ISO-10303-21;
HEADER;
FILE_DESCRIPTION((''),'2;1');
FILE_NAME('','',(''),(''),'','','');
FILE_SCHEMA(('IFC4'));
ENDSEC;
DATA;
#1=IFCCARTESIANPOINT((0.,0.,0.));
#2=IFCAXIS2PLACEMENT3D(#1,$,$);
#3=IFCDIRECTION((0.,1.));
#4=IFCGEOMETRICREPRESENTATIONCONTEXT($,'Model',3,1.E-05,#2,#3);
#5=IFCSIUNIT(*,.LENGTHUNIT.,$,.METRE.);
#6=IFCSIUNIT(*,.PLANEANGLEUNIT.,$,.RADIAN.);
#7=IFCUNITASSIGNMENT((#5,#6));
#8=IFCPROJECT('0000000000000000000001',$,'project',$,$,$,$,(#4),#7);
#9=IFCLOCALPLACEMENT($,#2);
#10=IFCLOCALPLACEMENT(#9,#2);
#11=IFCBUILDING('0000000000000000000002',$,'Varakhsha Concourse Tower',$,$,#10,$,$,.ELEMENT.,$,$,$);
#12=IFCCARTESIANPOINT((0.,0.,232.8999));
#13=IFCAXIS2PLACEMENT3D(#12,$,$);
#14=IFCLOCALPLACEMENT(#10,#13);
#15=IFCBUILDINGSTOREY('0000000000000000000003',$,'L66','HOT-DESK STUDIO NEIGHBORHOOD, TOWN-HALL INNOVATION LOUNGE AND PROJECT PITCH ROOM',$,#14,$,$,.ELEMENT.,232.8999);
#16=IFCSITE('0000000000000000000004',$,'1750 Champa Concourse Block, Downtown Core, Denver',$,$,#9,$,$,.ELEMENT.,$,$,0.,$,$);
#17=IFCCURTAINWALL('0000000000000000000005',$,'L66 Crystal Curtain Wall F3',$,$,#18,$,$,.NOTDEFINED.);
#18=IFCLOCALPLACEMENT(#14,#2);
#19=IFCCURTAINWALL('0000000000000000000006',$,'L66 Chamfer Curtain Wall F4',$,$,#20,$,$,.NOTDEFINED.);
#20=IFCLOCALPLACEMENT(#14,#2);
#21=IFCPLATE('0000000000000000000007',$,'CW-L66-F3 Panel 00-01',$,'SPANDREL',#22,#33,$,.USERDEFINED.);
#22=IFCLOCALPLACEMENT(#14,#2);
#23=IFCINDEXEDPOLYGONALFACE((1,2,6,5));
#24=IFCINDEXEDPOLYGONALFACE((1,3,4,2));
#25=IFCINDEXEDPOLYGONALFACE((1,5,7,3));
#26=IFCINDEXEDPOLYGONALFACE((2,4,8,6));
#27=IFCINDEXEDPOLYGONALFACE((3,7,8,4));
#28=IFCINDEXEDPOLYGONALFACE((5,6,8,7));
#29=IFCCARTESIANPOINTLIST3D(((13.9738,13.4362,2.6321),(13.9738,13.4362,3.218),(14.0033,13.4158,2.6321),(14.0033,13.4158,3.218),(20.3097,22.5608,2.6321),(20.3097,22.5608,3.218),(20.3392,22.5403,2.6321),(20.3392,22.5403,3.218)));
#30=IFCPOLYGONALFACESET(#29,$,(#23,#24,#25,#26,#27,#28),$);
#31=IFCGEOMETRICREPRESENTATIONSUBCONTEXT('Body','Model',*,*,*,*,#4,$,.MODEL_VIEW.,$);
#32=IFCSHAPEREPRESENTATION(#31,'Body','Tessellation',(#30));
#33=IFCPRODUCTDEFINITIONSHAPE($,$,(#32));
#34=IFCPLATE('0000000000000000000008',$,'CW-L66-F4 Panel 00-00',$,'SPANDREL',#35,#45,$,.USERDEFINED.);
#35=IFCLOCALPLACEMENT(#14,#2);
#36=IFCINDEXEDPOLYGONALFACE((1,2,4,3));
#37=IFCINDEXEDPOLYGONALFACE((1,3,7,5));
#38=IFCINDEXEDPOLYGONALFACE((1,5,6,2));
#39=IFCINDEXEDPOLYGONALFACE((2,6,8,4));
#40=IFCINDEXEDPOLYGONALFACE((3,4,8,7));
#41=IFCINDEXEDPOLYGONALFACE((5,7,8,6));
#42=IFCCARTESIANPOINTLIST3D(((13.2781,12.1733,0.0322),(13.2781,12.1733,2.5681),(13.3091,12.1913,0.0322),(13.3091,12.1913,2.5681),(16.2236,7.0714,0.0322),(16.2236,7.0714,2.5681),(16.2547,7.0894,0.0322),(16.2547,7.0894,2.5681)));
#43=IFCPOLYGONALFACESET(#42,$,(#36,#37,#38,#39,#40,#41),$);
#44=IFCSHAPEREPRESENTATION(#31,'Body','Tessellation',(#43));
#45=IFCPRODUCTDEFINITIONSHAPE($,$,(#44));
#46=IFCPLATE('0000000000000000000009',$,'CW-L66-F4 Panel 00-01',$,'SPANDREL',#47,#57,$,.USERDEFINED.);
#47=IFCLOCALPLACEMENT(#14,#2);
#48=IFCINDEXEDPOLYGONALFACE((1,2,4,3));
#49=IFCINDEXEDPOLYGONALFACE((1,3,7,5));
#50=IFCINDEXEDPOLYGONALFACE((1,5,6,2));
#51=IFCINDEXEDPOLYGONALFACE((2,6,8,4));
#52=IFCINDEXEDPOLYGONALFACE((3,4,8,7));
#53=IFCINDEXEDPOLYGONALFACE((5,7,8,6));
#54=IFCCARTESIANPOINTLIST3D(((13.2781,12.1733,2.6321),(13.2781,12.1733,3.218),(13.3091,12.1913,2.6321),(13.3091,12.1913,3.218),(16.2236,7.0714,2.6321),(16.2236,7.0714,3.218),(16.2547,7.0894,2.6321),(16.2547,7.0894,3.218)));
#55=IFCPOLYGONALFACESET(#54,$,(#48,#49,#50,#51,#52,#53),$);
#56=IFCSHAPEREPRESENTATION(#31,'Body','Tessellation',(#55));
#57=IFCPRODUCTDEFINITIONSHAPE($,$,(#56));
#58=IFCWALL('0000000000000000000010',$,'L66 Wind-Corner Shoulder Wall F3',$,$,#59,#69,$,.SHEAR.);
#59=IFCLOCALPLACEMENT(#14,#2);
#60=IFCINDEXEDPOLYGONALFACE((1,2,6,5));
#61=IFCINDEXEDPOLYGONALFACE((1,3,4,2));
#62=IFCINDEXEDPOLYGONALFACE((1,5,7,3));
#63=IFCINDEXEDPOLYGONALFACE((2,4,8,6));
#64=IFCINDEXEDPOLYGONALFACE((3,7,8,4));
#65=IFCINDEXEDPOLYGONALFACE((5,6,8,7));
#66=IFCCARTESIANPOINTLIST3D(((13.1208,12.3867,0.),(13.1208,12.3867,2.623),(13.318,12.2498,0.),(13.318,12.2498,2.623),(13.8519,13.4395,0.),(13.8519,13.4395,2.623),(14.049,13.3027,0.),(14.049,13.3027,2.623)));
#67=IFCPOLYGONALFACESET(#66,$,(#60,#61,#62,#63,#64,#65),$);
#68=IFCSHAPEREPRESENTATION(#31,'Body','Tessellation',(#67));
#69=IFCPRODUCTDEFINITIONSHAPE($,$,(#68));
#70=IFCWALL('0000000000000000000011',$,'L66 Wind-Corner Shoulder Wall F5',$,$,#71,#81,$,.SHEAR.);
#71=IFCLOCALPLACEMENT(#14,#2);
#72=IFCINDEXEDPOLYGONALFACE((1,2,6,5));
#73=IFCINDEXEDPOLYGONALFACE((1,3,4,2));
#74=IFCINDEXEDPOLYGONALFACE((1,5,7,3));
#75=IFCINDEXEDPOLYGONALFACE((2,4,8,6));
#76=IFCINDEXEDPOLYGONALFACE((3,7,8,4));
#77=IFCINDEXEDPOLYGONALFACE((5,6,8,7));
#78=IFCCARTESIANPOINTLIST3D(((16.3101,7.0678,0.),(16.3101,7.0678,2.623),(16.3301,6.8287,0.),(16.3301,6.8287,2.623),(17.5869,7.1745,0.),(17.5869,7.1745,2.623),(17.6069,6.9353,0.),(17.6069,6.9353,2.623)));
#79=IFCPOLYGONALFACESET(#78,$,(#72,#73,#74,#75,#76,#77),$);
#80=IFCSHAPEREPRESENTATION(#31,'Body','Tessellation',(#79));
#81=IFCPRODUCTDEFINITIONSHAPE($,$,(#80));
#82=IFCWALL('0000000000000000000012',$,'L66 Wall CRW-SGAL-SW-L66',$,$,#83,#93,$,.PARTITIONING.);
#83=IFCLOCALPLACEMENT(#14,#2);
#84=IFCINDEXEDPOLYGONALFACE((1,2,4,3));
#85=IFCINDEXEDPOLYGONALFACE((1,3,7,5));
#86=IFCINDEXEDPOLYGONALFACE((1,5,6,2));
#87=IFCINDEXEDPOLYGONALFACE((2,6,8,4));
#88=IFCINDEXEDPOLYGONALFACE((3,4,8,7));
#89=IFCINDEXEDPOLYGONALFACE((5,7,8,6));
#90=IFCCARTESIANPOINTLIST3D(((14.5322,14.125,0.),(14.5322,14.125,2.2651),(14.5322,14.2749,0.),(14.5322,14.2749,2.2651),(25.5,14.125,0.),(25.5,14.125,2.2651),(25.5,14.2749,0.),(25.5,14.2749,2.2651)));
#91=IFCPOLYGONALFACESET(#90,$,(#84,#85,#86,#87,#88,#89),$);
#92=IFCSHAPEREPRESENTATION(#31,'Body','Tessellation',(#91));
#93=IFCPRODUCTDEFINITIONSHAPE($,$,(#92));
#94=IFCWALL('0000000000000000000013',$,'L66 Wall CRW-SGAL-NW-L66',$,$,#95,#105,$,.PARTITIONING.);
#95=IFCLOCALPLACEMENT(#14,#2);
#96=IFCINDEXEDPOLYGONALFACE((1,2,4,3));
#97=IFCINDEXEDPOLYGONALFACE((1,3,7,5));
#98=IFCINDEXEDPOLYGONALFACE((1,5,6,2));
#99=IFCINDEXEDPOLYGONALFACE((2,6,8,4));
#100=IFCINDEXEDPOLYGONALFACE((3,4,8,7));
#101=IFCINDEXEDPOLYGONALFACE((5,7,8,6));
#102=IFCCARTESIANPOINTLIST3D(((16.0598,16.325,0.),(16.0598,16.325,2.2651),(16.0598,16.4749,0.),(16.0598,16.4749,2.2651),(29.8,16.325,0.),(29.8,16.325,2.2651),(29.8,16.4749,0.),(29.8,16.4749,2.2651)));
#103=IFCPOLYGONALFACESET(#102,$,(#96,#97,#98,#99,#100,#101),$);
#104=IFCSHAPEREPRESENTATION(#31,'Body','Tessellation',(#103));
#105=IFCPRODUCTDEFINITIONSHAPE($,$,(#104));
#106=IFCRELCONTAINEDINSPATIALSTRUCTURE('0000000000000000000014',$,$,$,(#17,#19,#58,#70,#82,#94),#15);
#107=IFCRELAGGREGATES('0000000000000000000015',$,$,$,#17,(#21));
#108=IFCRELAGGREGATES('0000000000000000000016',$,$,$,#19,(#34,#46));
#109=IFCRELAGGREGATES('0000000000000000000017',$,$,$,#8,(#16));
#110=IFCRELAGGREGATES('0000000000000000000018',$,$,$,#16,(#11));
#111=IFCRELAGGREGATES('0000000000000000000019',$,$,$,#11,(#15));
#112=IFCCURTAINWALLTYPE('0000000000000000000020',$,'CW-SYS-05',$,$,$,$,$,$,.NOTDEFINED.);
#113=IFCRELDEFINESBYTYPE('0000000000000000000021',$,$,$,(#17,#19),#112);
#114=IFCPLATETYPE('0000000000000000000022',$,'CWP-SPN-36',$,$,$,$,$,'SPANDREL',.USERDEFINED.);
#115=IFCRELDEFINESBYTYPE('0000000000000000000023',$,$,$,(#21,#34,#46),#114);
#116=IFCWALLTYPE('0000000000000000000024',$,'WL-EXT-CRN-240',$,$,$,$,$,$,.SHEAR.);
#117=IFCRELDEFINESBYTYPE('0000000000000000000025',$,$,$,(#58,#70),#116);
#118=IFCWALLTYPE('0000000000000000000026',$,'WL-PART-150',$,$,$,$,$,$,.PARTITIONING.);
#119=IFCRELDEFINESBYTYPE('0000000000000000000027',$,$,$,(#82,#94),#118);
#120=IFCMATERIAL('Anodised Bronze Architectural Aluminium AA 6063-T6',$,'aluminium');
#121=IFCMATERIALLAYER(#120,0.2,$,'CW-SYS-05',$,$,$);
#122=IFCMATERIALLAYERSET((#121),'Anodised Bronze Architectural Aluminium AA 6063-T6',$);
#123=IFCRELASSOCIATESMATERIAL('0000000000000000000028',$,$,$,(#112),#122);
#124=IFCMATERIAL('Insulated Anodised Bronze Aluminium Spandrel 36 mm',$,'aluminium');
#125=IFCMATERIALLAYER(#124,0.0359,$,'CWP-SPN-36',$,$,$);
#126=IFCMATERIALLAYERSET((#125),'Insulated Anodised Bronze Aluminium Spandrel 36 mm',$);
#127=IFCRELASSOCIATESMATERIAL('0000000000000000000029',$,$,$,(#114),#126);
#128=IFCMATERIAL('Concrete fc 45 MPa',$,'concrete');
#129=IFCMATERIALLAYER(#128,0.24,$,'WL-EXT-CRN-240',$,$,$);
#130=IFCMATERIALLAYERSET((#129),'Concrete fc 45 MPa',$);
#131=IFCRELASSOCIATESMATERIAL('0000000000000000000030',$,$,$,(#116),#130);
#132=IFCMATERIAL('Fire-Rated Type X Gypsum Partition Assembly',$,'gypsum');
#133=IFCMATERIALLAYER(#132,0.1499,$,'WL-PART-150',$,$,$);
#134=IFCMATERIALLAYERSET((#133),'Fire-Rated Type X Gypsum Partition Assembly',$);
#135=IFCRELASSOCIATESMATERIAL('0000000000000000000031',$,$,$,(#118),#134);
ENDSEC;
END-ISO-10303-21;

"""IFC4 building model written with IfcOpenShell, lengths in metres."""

from ifc_helpers import new_model, si_unit, direction, frame, frame_2d, origin, origin_2d, place, context, subcontext, project, spatial, rectangle, extrude, source, transform, mapped, material, layer, layer_set, type_object, type_shapes, element, aggregate, save


model = new_model("IFC4")

# Units and contexts
model_context = context("Model", 3, precision=1e-05, world=origin(), true_north=direction((0.0, 1.0)))
body_context = subcontext(model_context, "Body", "Model", "MODEL_VIEW")
ifc_project = project(units=[si_unit("LENGTHUNIT", "METRE"), si_unit("PLANEANGLEUNIT", "RADIAN")], contexts=[model_context])

# Site, building, storey
site_placement = place(None, origin())
site = spatial("IfcSite", under=ifc_project, at=site_placement, Name="1750 Champa Concourse Block, Downtown Core, Denver", CompositionType="ELEMENT", RefElevation=0.0)
building_placement = place(site_placement, origin())
building = spatial("IfcBuilding", under=site, at=building_placement, Name="Varakhsha Concourse Tower", CompositionType="ELEMENT")
storey_placement = place(building_placement, frame((0.0, 0.0, 232.8999)))
storey = spatial("IfcBuildingStorey", under=building, at=storey_placement, Name="L66", Description="HOT-DESK STUDIO NEIGHBORHOOD, TOWN-HALL INNOVATION LOUNGE AND PROJECT PITCH ROOM", CompositionType="ELEMENT", Elevation=232.8999)

# Curtain wall
ifc_material_1 = material(Name="Anodised Bronze Architectural Aluminium AA 6063-T6", Category="aluminium")
ifc_layer_1 = layer(ifc_material_1, 0.2, Name="CW-SYS-05")
ifc_layer_set_1 = layer_set([ifc_layer_1], Name="Anodised Bronze Architectural Aluminium AA 6063-T6")
curtain_wall_type = type_object("IfcCurtainWallType", Name="CW-SYS-05", PredefinedType="NOTDEFINED", material=ifc_layer_set_1)
curtain_wall_1_placement = place(storey_placement, origin())
curtain_wall_1 = element("IfcCurtainWall", 1, at=curtain_wall_1_placement, inside=storey, type_object=curtain_wall_type, Name="L66 Crystal Curtain Wall F3", PredefinedType="NOTDEFINED")

# Curtain wall
curtain_wall_2_placement = place(storey_placement, origin())
curtain_wall_2 = element("IfcCurtainWall", 2, at=curtain_wall_2_placement, inside=storey, type_object=curtain_wall_type, Name="L66 Chamfer Curtain Wall F4", PredefinedType="NOTDEFINED")

# Shared definitions
ifc_material_2 = material(Name="Concrete fc 45 MPa", Category="concrete")

# Plates
ifc_material_3 = material(Name="Insulated Anodised Bronze Aluminium Spandrel 36 mm", Category="aluminium")
ifc_layer_2 = layer(ifc_material_3, 0.0359, Name="CWP-SPN-36")
ifc_layer_set_2 = layer_set([ifc_layer_2], Name="Insulated Anodised Bronze Aluminium Spandrel 36 mm")
plate_type_1 = type_object("IfcPlateType", Name="CWP-SPN-36", ElementType="SPANDREL", PredefinedType="USERDEFINED", material=ifc_layer_set_2)
shared_shape_1 = source(origin(), body_context, "Body", "SweptSolid", [
    extrude(rectangle(XDim=11.1086, YDim=0.0359, at=origin_2d()), origin(), (0.0, 0.0, 1.0), 0.5859),
])
plate_1_placement = place(storey_placement, frame((17.1565, 17.9883, 2.6321), z_axis=(0.0, 0.0, 1.0), x_axis=(0.570361, 0.821394, 0.0)))
plate_1 = element("IfcPlate", 3, at=plate_1_placement, type_object=plate_type_1, Name="CW-L66-F3 Panel 00-01", ObjectType="SPANDREL", PredefinedType="USERDEFINED", context=body_context, shape_type="MappedRepresentation", body=[
    mapped(shared_shape_1, transform((0.0, 0.0, 0.0), scale=1.0)),
])
aggregate(curtain_wall_1, [plate_1])
shared_shape_2 = source(origin(), body_context, "Body", "SweptSolid", [
    extrude(rectangle(XDim=5.8911, YDim=0.0359, at=origin_2d()), origin(), (0.0, 0.0, 1.0), 2.5359),
])
plate_2_placement = place(storey_placement, frame((14.7664, 9.6313, 0.0322), z_axis=(0.0, 0.0, 1.0), x_axis=(-0.499994, 0.866029, 0.0)))
plate_2 = element("IfcPlate", 4, at=plate_2_placement, type_object=plate_type_1, Name="CW-L66-F4 Panel 00-00", ObjectType="SPANDREL", PredefinedType="USERDEFINED", context=body_context, shape_type="MappedRepresentation", body=[
    mapped(shared_shape_2, transform((0.0, 0.0, 0.0), scale=1.0)),
])
shared_shape_3 = source(origin(), body_context, "Body", "SweptSolid", [
    extrude(rectangle(XDim=5.8911, YDim=0.0359, at=origin_2d()), origin(), (0.0, 0.0, 1.0), 0.5859),
])
type_shapes(plate_type_1, [shared_shape_1, shared_shape_2, shared_shape_3])
plate_3_placement = place(storey_placement, frame((14.7664, 9.6313, 2.6321), z_axis=(0.0, 0.0, 1.0), x_axis=(-0.499994, 0.866029, 0.0)))
plate_3 = element("IfcPlate", 5, at=plate_3_placement, type_object=plate_type_1, Name="CW-L66-F4 Panel 00-01", ObjectType="SPANDREL", PredefinedType="USERDEFINED", context=body_context, shape_type="MappedRepresentation", body=[
    mapped(shared_shape_3, transform((0.0, 0.0, 0.0), scale=1.0)),
])
aggregate(curtain_wall_2, [plate_2, plate_3])

# Walls
ifc_layer_3 = layer(ifc_material_2, 0.24, Name="WL-EXT-CRN-240")
ifc_layer_set_3 = layer_set([ifc_layer_3], Name="Concrete fc 45 MPa")
wall_type_1 = type_object("IfcWallType", Name="WL-EXT-CRN-240", PredefinedType="SHEAR", material=ifc_layer_set_3)
wall_1_placement = place(storey_placement, frame((13.9504, 13.3711, 0.0), z_axis=(0.0, 0.0, 1.0), x_axis=(-0.570339, -0.82141, 0.0)))
element("IfcWall", 6, at=wall_1_placement, inside=storey, type_object=wall_type_1, Name="L66 Wind-Corner Shoulder Wall F3", PredefinedType="SHEAR", context=body_context, shape_type="SweptSolid", body=[
    extrude(rectangle(XDim=1.2817, YDim=0.24, at=frame_2d((0.6409, 0.0))), origin(), (0.0, 0.0, 1.0), 2.623),
])
wall_2_placement = place(storey_placement, frame((16.3201, 6.9482, 0.0), z_axis=(0.0, 0.0, 1.0), x_axis=(0.996527, 0.083266, 0.0)))
element("IfcWall", 7, at=wall_2_placement, inside=storey, type_object=wall_type_1, Name="L66 Wind-Corner Shoulder Wall F5", PredefinedType="SHEAR", context=body_context, shape_type="SweptSolid", body=[
    extrude(rectangle(XDim=1.2812, YDim=0.24, at=frame_2d((0.6406, 0.0))), origin(), (0.0, 0.0, 1.0), 2.623),
])
ifc_material_4 = material(Name="Fire-Rated Type X Gypsum Partition Assembly", Category="gypsum")
ifc_layer_4 = layer(ifc_material_4, 0.1499, Name="WL-PART-150")
ifc_layer_set_4 = layer_set([ifc_layer_4], Name="Fire-Rated Type X Gypsum Partition Assembly")
wall_type_2 = type_object("IfcWallType", Name="WL-PART-150", PredefinedType="PARTITIONING", material=ifc_layer_set_4)
wall_3_placement = place(storey_placement, frame((14.5322, 14.2, 0.0), z_axis=(0.0, 0.0, 1.0), x_axis=(1.0, 0.0, 0.0)))
element("IfcWall", 8, at=wall_3_placement, inside=storey, type_object=wall_type_2, Name="L66 Wall CRW-SGAL-SW-L66", PredefinedType="PARTITIONING", context=body_context, shape_type="SweptSolid", body=[
    extrude(rectangle(XDim=10.9678, YDim=0.1499, at=frame_2d((5.4839, 0.0))), origin(), (0.0, 0.0, 1.0), 2.2651),
])
wall_4_placement = place(storey_placement, frame((16.0598, 16.3999, 0.0), z_axis=(0.0, 0.0, 1.0), x_axis=(1.0, 0.0, 0.0)))
element("IfcWall", 9, at=wall_4_placement, inside=storey, type_object=wall_type_2, Name="L66 Wall CRW-SGAL-NW-L66", PredefinedType="PARTITIONING", context=body_context, shape_type="SweptSolid", body=[
    extrude(rectangle(XDim=13.7402, YDim=0.1499, at=frame_2d((6.8701, 0.0))), origin(), (0.0, 0.0, 1.0), 2.2651),
])

save(model, "model.ifc")
